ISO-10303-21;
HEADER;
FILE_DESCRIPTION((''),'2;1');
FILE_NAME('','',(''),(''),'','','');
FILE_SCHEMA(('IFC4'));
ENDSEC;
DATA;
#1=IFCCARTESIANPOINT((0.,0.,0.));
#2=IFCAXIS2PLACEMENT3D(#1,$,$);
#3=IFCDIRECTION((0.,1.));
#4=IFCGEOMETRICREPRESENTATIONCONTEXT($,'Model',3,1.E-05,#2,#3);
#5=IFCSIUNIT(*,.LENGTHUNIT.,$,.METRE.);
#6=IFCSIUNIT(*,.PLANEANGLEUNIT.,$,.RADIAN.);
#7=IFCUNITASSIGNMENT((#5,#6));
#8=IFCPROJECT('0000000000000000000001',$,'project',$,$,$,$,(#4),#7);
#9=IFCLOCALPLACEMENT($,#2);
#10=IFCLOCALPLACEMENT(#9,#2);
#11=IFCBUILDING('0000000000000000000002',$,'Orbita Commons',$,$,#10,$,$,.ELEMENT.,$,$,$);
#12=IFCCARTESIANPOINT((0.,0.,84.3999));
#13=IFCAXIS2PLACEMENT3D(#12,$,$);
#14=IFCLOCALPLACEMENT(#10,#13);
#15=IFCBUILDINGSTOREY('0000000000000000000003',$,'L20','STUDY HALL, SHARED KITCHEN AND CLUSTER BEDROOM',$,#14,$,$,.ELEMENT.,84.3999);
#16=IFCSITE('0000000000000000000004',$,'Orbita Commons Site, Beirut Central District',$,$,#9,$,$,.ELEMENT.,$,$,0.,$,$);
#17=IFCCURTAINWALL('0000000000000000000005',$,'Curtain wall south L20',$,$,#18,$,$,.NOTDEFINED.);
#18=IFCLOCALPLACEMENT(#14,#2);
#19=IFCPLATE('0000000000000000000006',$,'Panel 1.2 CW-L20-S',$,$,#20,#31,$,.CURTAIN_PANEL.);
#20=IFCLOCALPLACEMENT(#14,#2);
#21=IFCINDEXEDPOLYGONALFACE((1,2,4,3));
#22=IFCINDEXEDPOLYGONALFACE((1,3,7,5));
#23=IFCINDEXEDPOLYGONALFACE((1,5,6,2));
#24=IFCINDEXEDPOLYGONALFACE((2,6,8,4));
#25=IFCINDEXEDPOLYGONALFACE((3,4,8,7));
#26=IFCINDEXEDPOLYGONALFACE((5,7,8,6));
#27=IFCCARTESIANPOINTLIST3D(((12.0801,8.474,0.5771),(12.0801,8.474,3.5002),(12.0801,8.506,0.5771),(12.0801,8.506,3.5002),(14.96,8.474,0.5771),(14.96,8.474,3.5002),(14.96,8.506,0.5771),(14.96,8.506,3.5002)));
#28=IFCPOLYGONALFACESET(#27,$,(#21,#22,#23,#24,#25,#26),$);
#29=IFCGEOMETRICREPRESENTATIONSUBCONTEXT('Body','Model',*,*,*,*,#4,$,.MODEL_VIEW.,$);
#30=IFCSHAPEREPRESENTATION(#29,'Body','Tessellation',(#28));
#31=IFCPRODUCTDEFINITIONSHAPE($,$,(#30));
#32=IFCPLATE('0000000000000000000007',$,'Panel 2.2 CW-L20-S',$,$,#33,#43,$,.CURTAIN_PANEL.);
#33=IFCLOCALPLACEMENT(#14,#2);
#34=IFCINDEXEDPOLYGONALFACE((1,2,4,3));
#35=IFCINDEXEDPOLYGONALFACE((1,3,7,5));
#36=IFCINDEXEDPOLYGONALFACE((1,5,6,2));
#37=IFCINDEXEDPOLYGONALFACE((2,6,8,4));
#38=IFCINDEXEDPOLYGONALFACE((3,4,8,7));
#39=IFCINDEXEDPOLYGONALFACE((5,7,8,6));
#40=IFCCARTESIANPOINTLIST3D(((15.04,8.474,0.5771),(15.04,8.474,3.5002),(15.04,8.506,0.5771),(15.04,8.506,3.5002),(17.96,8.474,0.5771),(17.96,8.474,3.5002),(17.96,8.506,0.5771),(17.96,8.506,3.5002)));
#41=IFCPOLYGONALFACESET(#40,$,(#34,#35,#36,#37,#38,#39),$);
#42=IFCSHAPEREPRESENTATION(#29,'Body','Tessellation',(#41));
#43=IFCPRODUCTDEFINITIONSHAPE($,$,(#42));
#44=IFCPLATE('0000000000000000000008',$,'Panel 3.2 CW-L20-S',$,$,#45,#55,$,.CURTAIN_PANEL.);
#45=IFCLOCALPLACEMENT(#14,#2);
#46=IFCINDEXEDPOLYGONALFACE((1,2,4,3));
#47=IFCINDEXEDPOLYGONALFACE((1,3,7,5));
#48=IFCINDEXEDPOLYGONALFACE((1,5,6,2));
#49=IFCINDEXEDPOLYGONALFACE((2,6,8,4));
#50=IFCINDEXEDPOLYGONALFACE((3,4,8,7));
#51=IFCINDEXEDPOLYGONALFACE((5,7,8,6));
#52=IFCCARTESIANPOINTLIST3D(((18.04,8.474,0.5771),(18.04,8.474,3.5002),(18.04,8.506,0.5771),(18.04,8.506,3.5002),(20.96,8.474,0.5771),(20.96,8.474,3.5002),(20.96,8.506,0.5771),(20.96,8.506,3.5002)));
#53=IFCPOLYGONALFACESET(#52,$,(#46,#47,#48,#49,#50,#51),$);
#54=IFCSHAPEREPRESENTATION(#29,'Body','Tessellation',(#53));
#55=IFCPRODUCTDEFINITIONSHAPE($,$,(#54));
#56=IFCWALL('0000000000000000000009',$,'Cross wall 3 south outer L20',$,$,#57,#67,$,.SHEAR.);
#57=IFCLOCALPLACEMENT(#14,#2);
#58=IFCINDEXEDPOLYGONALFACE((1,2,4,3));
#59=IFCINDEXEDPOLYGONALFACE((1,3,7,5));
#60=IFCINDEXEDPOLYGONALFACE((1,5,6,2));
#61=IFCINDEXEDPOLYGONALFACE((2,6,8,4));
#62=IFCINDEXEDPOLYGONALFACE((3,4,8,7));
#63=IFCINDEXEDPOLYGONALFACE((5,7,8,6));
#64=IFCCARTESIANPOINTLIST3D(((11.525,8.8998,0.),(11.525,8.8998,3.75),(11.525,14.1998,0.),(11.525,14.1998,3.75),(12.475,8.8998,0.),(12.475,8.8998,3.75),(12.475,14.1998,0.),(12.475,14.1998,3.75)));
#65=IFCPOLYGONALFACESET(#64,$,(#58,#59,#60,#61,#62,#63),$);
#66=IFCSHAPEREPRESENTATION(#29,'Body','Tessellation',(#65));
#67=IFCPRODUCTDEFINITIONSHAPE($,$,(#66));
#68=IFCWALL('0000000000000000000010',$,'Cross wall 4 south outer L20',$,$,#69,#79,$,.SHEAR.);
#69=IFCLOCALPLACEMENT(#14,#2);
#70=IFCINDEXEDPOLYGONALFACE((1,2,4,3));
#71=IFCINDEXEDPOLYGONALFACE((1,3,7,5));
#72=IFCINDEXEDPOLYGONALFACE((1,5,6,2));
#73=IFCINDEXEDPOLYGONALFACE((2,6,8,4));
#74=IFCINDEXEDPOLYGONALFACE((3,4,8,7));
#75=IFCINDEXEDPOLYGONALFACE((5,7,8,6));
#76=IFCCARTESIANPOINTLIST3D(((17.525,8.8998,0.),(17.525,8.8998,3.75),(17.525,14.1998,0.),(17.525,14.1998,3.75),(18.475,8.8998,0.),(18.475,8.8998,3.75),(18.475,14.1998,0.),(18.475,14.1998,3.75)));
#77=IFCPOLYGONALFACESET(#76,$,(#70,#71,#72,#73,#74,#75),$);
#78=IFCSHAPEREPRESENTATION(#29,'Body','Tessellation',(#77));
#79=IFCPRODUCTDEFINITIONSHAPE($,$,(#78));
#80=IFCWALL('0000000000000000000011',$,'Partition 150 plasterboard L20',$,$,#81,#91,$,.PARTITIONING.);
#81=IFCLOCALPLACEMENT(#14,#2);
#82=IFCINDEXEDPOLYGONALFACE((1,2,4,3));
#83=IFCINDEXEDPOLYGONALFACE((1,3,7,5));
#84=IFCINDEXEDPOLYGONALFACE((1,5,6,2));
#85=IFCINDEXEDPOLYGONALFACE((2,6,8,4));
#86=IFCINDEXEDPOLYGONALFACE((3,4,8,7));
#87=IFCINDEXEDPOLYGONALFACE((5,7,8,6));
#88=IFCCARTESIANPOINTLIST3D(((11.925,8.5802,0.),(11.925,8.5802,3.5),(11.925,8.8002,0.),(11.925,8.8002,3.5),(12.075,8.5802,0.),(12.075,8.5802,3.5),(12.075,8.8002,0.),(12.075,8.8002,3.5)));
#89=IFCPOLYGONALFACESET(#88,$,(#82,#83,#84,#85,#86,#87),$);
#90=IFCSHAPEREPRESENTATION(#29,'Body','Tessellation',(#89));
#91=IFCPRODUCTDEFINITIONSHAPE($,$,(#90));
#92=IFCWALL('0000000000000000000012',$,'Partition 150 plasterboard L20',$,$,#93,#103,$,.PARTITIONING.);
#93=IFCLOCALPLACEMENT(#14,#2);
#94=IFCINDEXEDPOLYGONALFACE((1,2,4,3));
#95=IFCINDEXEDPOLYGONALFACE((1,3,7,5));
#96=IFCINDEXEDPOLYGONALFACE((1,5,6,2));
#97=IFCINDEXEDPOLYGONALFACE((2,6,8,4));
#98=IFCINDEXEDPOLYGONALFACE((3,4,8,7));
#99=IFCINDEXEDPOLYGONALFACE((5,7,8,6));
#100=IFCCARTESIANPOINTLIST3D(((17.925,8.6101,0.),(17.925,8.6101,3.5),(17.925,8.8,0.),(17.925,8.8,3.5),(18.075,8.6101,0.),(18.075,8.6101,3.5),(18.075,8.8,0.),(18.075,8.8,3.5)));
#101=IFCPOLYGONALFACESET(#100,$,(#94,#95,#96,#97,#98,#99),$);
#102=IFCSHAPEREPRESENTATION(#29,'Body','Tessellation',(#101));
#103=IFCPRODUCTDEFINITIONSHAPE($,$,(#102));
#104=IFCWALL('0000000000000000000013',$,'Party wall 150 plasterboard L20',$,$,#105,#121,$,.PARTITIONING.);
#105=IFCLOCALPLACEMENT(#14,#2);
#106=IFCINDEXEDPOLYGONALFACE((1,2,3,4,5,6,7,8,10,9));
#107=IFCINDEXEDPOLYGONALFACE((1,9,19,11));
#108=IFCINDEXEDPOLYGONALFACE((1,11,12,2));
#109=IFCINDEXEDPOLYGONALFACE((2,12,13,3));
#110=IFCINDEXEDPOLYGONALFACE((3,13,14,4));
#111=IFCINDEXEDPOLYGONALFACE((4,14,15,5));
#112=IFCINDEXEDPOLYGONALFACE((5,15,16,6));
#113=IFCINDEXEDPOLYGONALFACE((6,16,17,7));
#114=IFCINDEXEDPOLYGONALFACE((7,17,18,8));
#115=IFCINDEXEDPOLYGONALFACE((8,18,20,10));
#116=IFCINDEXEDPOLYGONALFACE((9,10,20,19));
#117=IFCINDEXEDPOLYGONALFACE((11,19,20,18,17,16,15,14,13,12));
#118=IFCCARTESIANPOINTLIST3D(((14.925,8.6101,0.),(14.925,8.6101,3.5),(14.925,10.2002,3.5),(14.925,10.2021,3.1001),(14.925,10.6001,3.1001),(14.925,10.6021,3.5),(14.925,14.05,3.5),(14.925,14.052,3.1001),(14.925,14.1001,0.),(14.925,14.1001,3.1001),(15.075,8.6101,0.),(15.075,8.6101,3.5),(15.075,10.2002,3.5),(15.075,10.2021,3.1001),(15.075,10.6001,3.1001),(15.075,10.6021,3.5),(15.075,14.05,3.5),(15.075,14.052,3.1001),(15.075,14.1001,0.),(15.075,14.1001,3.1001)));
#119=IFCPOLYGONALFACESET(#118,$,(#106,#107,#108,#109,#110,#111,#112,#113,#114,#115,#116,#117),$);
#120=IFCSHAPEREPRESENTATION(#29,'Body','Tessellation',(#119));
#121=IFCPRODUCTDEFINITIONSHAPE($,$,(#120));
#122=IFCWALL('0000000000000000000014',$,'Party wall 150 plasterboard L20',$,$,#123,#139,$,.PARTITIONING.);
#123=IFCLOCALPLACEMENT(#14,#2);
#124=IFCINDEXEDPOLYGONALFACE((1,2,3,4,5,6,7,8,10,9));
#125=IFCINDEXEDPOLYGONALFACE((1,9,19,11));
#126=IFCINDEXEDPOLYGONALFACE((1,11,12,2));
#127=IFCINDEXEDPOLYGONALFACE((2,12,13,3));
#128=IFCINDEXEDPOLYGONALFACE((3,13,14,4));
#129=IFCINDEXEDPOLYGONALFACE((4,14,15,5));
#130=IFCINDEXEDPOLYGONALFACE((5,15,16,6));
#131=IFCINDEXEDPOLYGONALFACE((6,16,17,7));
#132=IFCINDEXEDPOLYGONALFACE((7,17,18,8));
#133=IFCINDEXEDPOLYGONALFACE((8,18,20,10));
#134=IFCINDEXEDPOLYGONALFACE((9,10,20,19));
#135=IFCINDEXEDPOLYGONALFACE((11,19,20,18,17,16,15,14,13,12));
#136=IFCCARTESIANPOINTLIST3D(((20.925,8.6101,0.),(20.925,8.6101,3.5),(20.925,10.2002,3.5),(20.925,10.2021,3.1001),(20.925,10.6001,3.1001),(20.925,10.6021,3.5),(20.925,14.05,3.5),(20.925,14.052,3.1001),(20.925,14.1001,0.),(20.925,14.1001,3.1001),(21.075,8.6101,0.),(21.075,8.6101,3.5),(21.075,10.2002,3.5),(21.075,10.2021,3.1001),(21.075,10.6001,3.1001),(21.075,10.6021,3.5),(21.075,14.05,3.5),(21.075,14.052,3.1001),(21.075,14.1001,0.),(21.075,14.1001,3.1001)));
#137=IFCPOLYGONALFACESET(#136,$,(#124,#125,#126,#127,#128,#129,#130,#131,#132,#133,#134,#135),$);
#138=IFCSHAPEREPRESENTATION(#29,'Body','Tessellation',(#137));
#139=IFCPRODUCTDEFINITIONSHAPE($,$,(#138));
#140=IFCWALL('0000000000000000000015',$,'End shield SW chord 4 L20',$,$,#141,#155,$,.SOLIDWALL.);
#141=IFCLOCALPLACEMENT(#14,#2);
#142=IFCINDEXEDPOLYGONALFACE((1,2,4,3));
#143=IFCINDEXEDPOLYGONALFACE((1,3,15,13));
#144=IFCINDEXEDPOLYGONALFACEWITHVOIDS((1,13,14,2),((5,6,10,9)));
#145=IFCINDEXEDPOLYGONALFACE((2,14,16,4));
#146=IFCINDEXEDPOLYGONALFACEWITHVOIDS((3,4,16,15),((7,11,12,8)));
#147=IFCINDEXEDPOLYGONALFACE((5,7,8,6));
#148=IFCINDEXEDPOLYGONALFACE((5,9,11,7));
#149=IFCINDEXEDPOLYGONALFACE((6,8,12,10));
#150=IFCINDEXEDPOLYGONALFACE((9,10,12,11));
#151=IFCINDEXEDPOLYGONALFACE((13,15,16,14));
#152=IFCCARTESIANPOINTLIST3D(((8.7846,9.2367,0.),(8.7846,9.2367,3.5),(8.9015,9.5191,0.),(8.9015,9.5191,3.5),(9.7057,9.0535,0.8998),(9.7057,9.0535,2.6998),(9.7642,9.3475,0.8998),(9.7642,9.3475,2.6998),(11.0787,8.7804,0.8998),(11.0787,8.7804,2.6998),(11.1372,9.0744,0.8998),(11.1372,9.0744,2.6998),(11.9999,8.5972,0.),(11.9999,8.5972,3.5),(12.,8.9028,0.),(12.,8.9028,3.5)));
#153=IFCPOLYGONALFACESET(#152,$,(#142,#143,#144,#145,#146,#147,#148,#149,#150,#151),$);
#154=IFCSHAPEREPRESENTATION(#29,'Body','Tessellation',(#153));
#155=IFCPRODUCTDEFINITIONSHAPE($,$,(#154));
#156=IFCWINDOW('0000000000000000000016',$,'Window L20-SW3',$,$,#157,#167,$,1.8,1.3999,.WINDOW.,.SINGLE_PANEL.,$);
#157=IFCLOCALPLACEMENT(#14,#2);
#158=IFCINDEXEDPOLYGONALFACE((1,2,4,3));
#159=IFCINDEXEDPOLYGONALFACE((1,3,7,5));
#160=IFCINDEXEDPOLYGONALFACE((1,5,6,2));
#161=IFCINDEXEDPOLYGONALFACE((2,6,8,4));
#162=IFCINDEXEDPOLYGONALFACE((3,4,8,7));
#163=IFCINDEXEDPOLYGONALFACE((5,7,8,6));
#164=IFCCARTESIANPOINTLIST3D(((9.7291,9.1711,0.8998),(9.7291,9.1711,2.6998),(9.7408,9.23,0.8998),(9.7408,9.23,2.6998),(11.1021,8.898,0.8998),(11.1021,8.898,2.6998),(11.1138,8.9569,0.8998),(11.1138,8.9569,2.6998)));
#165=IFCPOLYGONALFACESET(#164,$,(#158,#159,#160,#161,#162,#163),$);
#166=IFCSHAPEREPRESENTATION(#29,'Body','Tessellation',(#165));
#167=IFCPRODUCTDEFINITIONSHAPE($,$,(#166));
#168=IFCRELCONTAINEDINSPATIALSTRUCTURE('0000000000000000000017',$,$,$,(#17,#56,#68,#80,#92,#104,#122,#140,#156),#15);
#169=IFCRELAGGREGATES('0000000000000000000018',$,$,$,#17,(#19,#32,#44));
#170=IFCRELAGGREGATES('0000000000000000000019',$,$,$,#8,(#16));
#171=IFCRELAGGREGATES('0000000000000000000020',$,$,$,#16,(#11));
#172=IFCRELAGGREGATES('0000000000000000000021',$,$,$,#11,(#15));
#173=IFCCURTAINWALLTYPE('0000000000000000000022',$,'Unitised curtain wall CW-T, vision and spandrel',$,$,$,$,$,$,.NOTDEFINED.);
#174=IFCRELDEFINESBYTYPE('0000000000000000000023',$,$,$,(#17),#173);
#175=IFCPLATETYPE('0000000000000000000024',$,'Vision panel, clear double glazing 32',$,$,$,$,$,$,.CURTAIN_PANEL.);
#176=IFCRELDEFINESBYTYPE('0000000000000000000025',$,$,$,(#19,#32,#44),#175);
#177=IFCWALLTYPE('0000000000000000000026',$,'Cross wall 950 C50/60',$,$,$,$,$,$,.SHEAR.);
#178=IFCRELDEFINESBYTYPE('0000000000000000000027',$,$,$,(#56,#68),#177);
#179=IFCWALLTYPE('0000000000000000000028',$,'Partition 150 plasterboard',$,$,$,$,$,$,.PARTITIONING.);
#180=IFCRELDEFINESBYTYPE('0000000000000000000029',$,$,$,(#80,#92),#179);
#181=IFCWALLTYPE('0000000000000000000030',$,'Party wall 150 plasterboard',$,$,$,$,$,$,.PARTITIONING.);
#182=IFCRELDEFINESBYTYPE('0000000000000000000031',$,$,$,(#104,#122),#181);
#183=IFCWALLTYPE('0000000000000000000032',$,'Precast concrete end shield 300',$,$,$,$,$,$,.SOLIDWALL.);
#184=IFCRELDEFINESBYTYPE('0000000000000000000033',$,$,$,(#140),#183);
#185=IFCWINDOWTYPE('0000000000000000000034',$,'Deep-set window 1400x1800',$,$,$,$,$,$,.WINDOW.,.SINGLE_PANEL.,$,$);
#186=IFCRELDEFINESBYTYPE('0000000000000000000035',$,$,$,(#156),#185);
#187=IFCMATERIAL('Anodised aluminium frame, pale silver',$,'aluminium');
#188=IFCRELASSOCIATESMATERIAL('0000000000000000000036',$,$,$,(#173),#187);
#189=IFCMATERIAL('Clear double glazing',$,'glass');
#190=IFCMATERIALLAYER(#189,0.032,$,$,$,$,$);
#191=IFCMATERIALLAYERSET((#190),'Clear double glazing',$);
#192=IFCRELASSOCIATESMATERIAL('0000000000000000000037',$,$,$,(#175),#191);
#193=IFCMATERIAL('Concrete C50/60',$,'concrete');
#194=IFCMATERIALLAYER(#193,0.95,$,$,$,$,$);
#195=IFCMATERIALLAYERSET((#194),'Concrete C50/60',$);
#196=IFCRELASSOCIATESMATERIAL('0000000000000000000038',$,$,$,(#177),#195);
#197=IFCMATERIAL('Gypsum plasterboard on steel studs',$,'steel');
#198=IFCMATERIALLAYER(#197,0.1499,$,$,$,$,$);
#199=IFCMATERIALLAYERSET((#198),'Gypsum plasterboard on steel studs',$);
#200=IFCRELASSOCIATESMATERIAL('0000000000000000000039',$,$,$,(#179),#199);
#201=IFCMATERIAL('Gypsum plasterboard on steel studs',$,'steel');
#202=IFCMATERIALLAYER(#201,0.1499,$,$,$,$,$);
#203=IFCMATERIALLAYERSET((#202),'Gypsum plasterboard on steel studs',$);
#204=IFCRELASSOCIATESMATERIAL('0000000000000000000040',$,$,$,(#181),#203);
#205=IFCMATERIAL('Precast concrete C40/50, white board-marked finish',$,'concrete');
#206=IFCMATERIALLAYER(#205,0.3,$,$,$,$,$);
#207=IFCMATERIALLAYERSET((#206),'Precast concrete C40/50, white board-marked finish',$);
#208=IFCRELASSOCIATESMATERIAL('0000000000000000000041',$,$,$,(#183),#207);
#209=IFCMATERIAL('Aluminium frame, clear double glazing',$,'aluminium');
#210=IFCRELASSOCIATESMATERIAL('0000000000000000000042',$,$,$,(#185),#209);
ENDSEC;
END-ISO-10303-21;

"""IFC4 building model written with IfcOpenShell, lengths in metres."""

from ifc_helpers import new_model, si_unit, direction, frame, frame_2d, origin, origin_2d, place, context, subcontext, project, spatial, polyline, rectangle, outline, extrude, material, layer, layer_set, type_object, element, fill, aggregate, save


model = new_model("IFC4")

# Units and contexts
model_context = context("Model", 3, precision=1e-05, world=origin(), true_north=direction((0.0, 1.0)))
body_context = subcontext(model_context, "Body", "Model", "MODEL_VIEW")
ifc_project = project(units=[si_unit("LENGTHUNIT", "METRE"), si_unit("PLANEANGLEUNIT", "RADIAN")], contexts=[model_context])

# Site, building, storey
site_placement = place(None, origin())
site = spatial("IfcSite", under=ifc_project, at=site_placement, Name="Orbita Commons Site, Beirut Central District", CompositionType="ELEMENT", RefElevation=0.0)
building_placement = place(site_placement, origin())
building = spatial("IfcBuilding", under=site, at=building_placement, Name="Orbita Commons", CompositionType="ELEMENT")
storey_placement = place(building_placement, frame((0.0, 0.0, 84.3999)))
storey = spatial("IfcBuildingStorey", under=building, at=storey_placement, Name="L20", Description="STUDY HALL, SHARED KITCHEN AND CLUSTER BEDROOM", CompositionType="ELEMENT", Elevation=84.3999)

# Curtain wall
ifc_material_1 = material(Name="Anodised aluminium frame, pale silver", Category="aluminium")
curtain_wall_type = type_object("IfcCurtainWallType", Name="Unitised curtain wall CW-T, vision and spandrel", PredefinedType="NOTDEFINED", material=ifc_material_1)
curtain_wall_placement = place(storey_placement, origin())
curtain_wall = element("IfcCurtainWall", 1, at=curtain_wall_placement, inside=storey, type_object=curtain_wall_type, Name="Curtain wall south L20", PredefinedType="NOTDEFINED")

# Plates
ifc_material_2 = material(Name="Clear double glazing", Category="glass")
ifc_layer_1 = layer(ifc_material_2, 0.032)
ifc_layer_set_1 = layer_set([ifc_layer_1], Name="Clear double glazing")
plate_type_1 = type_object("IfcPlateType", Name="Vision panel, clear double glazing 32", PredefinedType="CURTAIN_PANEL", material=ifc_layer_set_1)
plate_1_placement = place(storey_placement, frame((13.52, 8.49, 0.5771), z_axis=(0.0, 0.0, 1.0), x_axis=(1.0, 0.0, 0.0)))
plate_1 = element("IfcPlate", 2, at=plate_1_placement, type_object=plate_type_1, Name="Panel 1.2 CW-L20-S", PredefinedType="CURTAIN_PANEL", context=body_context, shape_type="SweptSolid", body=[
    extrude(rectangle(XDim=2.8799, YDim=0.032, at=origin_2d()), origin(), (0.0, 0.0, 1.0), 2.9231),
])
plate_2_placement = place(storey_placement, frame((16.5, 8.49, 0.5771), z_axis=(0.0, 0.0, 1.0), x_axis=(1.0, 0.0, 0.0)))
plate_2 = element("IfcPlate", 3, at=plate_2_placement, type_object=plate_type_1, Name="Panel 2.2 CW-L20-S", PredefinedType="CURTAIN_PANEL", context=body_context, shape_type="SweptSolid", body=[
    extrude(rectangle(XDim=2.9199, YDim=0.032, at=origin_2d()), origin(), (0.0, 0.0, 1.0), 2.9231),
])
plate_3_placement = place(storey_placement, frame((19.5, 8.49, 0.5771), z_axis=(0.0, 0.0, 1.0), x_axis=(1.0, 0.0, 0.0)))
plate_3 = element("IfcPlate", 4, at=plate_3_placement, type_object=plate_type_1, Name="Panel 3.2 CW-L20-S", PredefinedType="CURTAIN_PANEL", context=body_context, shape_type="SweptSolid", body=[
    extrude(rectangle(XDim=2.9199, YDim=0.032, at=origin_2d()), origin(), (0.0, 0.0, 1.0), 2.9231),
])
aggregate(curtain_wall, [plate_1, plate_2, plate_3])

# Walls
ifc_material_3 = material(Name="Concrete C50/60", Category="concrete")
ifc_layer_2 = layer(ifc_material_3, 0.95)
ifc_layer_set_2 = layer_set([ifc_layer_2], Name="Concrete C50/60")
wall_type_1 = type_object("IfcWallType", Name="Cross wall 950 C50/60", PredefinedType="SHEAR", material=ifc_layer_set_2)
for number, where, z_axis, x_axis, name in (
    (5, (12.0, 8.8999, 0.0), (0.0, 0.0, 1.0), (0.0, 1.0, 0.0), "Cross wall 3 south outer L20"),
    (6, (18.0, 8.8999, 0.0), (0.0, 0.0, 1.0), (0.0, 1.0, 0.0), "Cross wall 4 south outer L20"),
):
    element("IfcWall", number, at=place(storey_placement, frame(where, z_axis=z_axis, x_axis=x_axis)), inside=storey, type_object=wall_type_1, Name=name, PredefinedType="SHEAR", context=body_context, shape_type="SweptSolid", body=[
        extrude(rectangle(XDim=5.3, YDim=0.95, at=frame_2d((2.6499, 0.0))), origin(), (0.0, 0.0, 1.0), 3.75),
    ])
ifc_material_4 = material(Name="Gypsum plasterboard on steel studs", Category="steel")
ifc_layer_3 = layer(ifc_material_4, 0.1499)
ifc_layer_set_3 = layer_set([ifc_layer_3], Name="Gypsum plasterboard on steel studs")
wall_type_2 = type_object("IfcWallType", Name="Partition 150 plasterboard", PredefinedType="PARTITIONING", material=ifc_layer_set_3)
wall_1_placement = place(storey_placement, frame((12.0, 8.8, 0.0), z_axis=(0.0, 0.0, 1.0), x_axis=(0.0, -1.0, 0.0)))
element("IfcWall", 7, at=wall_1_placement, inside=storey, type_object=wall_type_2, Name="Partition 150 plasterboard L20", PredefinedType="PARTITIONING", context=body_context, shape_type="SweptSolid", body=[
    extrude(rectangle(XDim=0.22, YDim=0.1499, at=frame_2d((0.1099, 0.0))), origin(), (0.0, 0.0, 1.0), 3.5),
])
wall_2_placement = place(storey_placement, frame((18.0, 8.8, 0.0), z_axis=(0.0, 0.0, 1.0), x_axis=(0.0, -1.0, 0.0)))
element("IfcWall", 8, at=wall_2_placement, inside=storey, type_object=wall_type_2, Name="Partition 150 plasterboard L20", PredefinedType="PARTITIONING", context=body_context, shape_type="SweptSolid", body=[
    extrude(rectangle(XDim=0.1899, YDim=0.1499, at=frame_2d((0.095, 0.0))), origin(), (0.0, 0.0, 1.0), 3.5),
])
ifc_material_5 = material(Name="Gypsum plasterboard on steel studs", Category="steel")
ifc_layer_4 = layer(ifc_material_5, 0.1499)
ifc_layer_set_4 = layer_set([ifc_layer_4], Name="Gypsum plasterboard on steel studs")
wall_type_3 = type_object("IfcWallType", Name="Party wall 150 plasterboard", PredefinedType="PARTITIONING", material=ifc_layer_set_4)
for number, where, z_axis, x_axis, name in (
    (9, (15.0, 8.6101, 0.0), (0.0, 0.0, 1.0), (0.0, 1.0, 0.0), "Party wall 150 plasterboard L20"),
    (10, (21.0, 8.6101, 0.0), (0.0, 0.0, 1.0), (0.0, 1.0, 0.0), "Party wall 150 plasterboard L20"),
):
    element("IfcWall", number, at=place(storey_placement, frame(where, z_axis=z_axis, x_axis=x_axis)), inside=storey, type_object=wall_type_3, Name=name, PredefinedType="PARTITIONING", context=body_context, shape_type="SweptSolid", body=[
        extrude(outline(polyline([(0.0, 0.0), (5.49, 0.0), (5.49, 3.1001), (5.4419, 3.1001), (5.4399, 3.5), (1.9919, 3.5), (1.99, 3.1001), (1.592, 3.1001), (1.5901, 3.5), (0.0, 3.5), (0.0, 0.0)])), frame((0.0, 0.075, 0.0), z_axis=(0.0, -1.0, 0.0), x_axis=(1.0, 0.0, 0.0)), (0.0, 0.0, 1.0), 0.1499),
    ])

# Wall, opening, window
ifc_material_6 = material(Name="Precast concrete C40/50, white board-marked finish", Category="concrete")
ifc_layer_5 = layer(ifc_material_6, 0.3)
ifc_layer_set_5 = layer_set([ifc_layer_5], Name="Precast concrete C40/50, white board-marked finish")
wall_type_4 = type_object("IfcWallType", Name="Precast concrete end shield 300", PredefinedType="SOLIDWALL", material=ifc_layer_set_5)
wall_3_placement = place(storey_placement, frame((8.843, 9.3779, 0.0), z_axis=(0.0, 0.0, 1.0), x_axis=(0.980787, -0.19508, 0.0)))
wall_3 = element("IfcWall", 11, at=wall_3_placement, inside=storey, type_object=wall_type_4, Name="End shield SW chord 4 L20", PredefinedType="SOLIDWALL", context=body_context, shape_type="SweptSolid", body=[
    extrude(outline(polyline([(-0.0298, -0.1499), (3.2485, -0.1499), (3.189, 0.1499), (0.0298, 0.1499), (-0.0298, -0.1499)])), origin(), (0.0, 0.0, 1.0), 3.5),
])
opening_placement = place(wall_3_placement, frame((0.9094, 0.0, 0.8999)))
opening = element("IfcOpeningElement", 12, at=opening_placement, cuts=wall_3, PredefinedType="OPENING", context=body_context, shape_type="SweptSolid", body=[
    extrude(rectangle(XDim=1.3999, YDim=1.8, at=frame_2d((0.7, 0.8999))), frame((0.0, 0.1599, 0.0), z_axis=(0.0, -1.0, 0.0), x_axis=(1.0, 0.0, 0.0)), (0.0, 0.0, 1.0), 0.3201),
])
ifc_material_7 = material(Name="Aluminium frame, clear double glazing", Category="aluminium")
window_type = type_object("IfcWindowType", Name="Deep-set window 1400x1800", PartitioningType="SINGLE_PANEL", PredefinedType="WINDOW", material=ifc_material_7)
window_placement = place(opening_placement, origin())
window = element("IfcWindow", 13, at=window_placement, inside=storey, type_object=window_type, Name="Window L20-SW3", OverallHeight=1.8, OverallWidth=1.3999, PartitioningType="SINGLE_PANEL", PredefinedType="WINDOW", context=body_context, shape_type="SweptSolid", body=[
    extrude(rectangle(XDim=1.3999, YDim=1.8, at=frame_2d((0.7, 0.8999))), frame((0.0, 0.03, 0.0), z_axis=(0.0, -1.0, 0.0), x_axis=(1.0, 0.0, 0.0)), (0.0, 0.0, 1.0), 0.0601),
])
fill(opening, window)

save(model, "model.ifc")
